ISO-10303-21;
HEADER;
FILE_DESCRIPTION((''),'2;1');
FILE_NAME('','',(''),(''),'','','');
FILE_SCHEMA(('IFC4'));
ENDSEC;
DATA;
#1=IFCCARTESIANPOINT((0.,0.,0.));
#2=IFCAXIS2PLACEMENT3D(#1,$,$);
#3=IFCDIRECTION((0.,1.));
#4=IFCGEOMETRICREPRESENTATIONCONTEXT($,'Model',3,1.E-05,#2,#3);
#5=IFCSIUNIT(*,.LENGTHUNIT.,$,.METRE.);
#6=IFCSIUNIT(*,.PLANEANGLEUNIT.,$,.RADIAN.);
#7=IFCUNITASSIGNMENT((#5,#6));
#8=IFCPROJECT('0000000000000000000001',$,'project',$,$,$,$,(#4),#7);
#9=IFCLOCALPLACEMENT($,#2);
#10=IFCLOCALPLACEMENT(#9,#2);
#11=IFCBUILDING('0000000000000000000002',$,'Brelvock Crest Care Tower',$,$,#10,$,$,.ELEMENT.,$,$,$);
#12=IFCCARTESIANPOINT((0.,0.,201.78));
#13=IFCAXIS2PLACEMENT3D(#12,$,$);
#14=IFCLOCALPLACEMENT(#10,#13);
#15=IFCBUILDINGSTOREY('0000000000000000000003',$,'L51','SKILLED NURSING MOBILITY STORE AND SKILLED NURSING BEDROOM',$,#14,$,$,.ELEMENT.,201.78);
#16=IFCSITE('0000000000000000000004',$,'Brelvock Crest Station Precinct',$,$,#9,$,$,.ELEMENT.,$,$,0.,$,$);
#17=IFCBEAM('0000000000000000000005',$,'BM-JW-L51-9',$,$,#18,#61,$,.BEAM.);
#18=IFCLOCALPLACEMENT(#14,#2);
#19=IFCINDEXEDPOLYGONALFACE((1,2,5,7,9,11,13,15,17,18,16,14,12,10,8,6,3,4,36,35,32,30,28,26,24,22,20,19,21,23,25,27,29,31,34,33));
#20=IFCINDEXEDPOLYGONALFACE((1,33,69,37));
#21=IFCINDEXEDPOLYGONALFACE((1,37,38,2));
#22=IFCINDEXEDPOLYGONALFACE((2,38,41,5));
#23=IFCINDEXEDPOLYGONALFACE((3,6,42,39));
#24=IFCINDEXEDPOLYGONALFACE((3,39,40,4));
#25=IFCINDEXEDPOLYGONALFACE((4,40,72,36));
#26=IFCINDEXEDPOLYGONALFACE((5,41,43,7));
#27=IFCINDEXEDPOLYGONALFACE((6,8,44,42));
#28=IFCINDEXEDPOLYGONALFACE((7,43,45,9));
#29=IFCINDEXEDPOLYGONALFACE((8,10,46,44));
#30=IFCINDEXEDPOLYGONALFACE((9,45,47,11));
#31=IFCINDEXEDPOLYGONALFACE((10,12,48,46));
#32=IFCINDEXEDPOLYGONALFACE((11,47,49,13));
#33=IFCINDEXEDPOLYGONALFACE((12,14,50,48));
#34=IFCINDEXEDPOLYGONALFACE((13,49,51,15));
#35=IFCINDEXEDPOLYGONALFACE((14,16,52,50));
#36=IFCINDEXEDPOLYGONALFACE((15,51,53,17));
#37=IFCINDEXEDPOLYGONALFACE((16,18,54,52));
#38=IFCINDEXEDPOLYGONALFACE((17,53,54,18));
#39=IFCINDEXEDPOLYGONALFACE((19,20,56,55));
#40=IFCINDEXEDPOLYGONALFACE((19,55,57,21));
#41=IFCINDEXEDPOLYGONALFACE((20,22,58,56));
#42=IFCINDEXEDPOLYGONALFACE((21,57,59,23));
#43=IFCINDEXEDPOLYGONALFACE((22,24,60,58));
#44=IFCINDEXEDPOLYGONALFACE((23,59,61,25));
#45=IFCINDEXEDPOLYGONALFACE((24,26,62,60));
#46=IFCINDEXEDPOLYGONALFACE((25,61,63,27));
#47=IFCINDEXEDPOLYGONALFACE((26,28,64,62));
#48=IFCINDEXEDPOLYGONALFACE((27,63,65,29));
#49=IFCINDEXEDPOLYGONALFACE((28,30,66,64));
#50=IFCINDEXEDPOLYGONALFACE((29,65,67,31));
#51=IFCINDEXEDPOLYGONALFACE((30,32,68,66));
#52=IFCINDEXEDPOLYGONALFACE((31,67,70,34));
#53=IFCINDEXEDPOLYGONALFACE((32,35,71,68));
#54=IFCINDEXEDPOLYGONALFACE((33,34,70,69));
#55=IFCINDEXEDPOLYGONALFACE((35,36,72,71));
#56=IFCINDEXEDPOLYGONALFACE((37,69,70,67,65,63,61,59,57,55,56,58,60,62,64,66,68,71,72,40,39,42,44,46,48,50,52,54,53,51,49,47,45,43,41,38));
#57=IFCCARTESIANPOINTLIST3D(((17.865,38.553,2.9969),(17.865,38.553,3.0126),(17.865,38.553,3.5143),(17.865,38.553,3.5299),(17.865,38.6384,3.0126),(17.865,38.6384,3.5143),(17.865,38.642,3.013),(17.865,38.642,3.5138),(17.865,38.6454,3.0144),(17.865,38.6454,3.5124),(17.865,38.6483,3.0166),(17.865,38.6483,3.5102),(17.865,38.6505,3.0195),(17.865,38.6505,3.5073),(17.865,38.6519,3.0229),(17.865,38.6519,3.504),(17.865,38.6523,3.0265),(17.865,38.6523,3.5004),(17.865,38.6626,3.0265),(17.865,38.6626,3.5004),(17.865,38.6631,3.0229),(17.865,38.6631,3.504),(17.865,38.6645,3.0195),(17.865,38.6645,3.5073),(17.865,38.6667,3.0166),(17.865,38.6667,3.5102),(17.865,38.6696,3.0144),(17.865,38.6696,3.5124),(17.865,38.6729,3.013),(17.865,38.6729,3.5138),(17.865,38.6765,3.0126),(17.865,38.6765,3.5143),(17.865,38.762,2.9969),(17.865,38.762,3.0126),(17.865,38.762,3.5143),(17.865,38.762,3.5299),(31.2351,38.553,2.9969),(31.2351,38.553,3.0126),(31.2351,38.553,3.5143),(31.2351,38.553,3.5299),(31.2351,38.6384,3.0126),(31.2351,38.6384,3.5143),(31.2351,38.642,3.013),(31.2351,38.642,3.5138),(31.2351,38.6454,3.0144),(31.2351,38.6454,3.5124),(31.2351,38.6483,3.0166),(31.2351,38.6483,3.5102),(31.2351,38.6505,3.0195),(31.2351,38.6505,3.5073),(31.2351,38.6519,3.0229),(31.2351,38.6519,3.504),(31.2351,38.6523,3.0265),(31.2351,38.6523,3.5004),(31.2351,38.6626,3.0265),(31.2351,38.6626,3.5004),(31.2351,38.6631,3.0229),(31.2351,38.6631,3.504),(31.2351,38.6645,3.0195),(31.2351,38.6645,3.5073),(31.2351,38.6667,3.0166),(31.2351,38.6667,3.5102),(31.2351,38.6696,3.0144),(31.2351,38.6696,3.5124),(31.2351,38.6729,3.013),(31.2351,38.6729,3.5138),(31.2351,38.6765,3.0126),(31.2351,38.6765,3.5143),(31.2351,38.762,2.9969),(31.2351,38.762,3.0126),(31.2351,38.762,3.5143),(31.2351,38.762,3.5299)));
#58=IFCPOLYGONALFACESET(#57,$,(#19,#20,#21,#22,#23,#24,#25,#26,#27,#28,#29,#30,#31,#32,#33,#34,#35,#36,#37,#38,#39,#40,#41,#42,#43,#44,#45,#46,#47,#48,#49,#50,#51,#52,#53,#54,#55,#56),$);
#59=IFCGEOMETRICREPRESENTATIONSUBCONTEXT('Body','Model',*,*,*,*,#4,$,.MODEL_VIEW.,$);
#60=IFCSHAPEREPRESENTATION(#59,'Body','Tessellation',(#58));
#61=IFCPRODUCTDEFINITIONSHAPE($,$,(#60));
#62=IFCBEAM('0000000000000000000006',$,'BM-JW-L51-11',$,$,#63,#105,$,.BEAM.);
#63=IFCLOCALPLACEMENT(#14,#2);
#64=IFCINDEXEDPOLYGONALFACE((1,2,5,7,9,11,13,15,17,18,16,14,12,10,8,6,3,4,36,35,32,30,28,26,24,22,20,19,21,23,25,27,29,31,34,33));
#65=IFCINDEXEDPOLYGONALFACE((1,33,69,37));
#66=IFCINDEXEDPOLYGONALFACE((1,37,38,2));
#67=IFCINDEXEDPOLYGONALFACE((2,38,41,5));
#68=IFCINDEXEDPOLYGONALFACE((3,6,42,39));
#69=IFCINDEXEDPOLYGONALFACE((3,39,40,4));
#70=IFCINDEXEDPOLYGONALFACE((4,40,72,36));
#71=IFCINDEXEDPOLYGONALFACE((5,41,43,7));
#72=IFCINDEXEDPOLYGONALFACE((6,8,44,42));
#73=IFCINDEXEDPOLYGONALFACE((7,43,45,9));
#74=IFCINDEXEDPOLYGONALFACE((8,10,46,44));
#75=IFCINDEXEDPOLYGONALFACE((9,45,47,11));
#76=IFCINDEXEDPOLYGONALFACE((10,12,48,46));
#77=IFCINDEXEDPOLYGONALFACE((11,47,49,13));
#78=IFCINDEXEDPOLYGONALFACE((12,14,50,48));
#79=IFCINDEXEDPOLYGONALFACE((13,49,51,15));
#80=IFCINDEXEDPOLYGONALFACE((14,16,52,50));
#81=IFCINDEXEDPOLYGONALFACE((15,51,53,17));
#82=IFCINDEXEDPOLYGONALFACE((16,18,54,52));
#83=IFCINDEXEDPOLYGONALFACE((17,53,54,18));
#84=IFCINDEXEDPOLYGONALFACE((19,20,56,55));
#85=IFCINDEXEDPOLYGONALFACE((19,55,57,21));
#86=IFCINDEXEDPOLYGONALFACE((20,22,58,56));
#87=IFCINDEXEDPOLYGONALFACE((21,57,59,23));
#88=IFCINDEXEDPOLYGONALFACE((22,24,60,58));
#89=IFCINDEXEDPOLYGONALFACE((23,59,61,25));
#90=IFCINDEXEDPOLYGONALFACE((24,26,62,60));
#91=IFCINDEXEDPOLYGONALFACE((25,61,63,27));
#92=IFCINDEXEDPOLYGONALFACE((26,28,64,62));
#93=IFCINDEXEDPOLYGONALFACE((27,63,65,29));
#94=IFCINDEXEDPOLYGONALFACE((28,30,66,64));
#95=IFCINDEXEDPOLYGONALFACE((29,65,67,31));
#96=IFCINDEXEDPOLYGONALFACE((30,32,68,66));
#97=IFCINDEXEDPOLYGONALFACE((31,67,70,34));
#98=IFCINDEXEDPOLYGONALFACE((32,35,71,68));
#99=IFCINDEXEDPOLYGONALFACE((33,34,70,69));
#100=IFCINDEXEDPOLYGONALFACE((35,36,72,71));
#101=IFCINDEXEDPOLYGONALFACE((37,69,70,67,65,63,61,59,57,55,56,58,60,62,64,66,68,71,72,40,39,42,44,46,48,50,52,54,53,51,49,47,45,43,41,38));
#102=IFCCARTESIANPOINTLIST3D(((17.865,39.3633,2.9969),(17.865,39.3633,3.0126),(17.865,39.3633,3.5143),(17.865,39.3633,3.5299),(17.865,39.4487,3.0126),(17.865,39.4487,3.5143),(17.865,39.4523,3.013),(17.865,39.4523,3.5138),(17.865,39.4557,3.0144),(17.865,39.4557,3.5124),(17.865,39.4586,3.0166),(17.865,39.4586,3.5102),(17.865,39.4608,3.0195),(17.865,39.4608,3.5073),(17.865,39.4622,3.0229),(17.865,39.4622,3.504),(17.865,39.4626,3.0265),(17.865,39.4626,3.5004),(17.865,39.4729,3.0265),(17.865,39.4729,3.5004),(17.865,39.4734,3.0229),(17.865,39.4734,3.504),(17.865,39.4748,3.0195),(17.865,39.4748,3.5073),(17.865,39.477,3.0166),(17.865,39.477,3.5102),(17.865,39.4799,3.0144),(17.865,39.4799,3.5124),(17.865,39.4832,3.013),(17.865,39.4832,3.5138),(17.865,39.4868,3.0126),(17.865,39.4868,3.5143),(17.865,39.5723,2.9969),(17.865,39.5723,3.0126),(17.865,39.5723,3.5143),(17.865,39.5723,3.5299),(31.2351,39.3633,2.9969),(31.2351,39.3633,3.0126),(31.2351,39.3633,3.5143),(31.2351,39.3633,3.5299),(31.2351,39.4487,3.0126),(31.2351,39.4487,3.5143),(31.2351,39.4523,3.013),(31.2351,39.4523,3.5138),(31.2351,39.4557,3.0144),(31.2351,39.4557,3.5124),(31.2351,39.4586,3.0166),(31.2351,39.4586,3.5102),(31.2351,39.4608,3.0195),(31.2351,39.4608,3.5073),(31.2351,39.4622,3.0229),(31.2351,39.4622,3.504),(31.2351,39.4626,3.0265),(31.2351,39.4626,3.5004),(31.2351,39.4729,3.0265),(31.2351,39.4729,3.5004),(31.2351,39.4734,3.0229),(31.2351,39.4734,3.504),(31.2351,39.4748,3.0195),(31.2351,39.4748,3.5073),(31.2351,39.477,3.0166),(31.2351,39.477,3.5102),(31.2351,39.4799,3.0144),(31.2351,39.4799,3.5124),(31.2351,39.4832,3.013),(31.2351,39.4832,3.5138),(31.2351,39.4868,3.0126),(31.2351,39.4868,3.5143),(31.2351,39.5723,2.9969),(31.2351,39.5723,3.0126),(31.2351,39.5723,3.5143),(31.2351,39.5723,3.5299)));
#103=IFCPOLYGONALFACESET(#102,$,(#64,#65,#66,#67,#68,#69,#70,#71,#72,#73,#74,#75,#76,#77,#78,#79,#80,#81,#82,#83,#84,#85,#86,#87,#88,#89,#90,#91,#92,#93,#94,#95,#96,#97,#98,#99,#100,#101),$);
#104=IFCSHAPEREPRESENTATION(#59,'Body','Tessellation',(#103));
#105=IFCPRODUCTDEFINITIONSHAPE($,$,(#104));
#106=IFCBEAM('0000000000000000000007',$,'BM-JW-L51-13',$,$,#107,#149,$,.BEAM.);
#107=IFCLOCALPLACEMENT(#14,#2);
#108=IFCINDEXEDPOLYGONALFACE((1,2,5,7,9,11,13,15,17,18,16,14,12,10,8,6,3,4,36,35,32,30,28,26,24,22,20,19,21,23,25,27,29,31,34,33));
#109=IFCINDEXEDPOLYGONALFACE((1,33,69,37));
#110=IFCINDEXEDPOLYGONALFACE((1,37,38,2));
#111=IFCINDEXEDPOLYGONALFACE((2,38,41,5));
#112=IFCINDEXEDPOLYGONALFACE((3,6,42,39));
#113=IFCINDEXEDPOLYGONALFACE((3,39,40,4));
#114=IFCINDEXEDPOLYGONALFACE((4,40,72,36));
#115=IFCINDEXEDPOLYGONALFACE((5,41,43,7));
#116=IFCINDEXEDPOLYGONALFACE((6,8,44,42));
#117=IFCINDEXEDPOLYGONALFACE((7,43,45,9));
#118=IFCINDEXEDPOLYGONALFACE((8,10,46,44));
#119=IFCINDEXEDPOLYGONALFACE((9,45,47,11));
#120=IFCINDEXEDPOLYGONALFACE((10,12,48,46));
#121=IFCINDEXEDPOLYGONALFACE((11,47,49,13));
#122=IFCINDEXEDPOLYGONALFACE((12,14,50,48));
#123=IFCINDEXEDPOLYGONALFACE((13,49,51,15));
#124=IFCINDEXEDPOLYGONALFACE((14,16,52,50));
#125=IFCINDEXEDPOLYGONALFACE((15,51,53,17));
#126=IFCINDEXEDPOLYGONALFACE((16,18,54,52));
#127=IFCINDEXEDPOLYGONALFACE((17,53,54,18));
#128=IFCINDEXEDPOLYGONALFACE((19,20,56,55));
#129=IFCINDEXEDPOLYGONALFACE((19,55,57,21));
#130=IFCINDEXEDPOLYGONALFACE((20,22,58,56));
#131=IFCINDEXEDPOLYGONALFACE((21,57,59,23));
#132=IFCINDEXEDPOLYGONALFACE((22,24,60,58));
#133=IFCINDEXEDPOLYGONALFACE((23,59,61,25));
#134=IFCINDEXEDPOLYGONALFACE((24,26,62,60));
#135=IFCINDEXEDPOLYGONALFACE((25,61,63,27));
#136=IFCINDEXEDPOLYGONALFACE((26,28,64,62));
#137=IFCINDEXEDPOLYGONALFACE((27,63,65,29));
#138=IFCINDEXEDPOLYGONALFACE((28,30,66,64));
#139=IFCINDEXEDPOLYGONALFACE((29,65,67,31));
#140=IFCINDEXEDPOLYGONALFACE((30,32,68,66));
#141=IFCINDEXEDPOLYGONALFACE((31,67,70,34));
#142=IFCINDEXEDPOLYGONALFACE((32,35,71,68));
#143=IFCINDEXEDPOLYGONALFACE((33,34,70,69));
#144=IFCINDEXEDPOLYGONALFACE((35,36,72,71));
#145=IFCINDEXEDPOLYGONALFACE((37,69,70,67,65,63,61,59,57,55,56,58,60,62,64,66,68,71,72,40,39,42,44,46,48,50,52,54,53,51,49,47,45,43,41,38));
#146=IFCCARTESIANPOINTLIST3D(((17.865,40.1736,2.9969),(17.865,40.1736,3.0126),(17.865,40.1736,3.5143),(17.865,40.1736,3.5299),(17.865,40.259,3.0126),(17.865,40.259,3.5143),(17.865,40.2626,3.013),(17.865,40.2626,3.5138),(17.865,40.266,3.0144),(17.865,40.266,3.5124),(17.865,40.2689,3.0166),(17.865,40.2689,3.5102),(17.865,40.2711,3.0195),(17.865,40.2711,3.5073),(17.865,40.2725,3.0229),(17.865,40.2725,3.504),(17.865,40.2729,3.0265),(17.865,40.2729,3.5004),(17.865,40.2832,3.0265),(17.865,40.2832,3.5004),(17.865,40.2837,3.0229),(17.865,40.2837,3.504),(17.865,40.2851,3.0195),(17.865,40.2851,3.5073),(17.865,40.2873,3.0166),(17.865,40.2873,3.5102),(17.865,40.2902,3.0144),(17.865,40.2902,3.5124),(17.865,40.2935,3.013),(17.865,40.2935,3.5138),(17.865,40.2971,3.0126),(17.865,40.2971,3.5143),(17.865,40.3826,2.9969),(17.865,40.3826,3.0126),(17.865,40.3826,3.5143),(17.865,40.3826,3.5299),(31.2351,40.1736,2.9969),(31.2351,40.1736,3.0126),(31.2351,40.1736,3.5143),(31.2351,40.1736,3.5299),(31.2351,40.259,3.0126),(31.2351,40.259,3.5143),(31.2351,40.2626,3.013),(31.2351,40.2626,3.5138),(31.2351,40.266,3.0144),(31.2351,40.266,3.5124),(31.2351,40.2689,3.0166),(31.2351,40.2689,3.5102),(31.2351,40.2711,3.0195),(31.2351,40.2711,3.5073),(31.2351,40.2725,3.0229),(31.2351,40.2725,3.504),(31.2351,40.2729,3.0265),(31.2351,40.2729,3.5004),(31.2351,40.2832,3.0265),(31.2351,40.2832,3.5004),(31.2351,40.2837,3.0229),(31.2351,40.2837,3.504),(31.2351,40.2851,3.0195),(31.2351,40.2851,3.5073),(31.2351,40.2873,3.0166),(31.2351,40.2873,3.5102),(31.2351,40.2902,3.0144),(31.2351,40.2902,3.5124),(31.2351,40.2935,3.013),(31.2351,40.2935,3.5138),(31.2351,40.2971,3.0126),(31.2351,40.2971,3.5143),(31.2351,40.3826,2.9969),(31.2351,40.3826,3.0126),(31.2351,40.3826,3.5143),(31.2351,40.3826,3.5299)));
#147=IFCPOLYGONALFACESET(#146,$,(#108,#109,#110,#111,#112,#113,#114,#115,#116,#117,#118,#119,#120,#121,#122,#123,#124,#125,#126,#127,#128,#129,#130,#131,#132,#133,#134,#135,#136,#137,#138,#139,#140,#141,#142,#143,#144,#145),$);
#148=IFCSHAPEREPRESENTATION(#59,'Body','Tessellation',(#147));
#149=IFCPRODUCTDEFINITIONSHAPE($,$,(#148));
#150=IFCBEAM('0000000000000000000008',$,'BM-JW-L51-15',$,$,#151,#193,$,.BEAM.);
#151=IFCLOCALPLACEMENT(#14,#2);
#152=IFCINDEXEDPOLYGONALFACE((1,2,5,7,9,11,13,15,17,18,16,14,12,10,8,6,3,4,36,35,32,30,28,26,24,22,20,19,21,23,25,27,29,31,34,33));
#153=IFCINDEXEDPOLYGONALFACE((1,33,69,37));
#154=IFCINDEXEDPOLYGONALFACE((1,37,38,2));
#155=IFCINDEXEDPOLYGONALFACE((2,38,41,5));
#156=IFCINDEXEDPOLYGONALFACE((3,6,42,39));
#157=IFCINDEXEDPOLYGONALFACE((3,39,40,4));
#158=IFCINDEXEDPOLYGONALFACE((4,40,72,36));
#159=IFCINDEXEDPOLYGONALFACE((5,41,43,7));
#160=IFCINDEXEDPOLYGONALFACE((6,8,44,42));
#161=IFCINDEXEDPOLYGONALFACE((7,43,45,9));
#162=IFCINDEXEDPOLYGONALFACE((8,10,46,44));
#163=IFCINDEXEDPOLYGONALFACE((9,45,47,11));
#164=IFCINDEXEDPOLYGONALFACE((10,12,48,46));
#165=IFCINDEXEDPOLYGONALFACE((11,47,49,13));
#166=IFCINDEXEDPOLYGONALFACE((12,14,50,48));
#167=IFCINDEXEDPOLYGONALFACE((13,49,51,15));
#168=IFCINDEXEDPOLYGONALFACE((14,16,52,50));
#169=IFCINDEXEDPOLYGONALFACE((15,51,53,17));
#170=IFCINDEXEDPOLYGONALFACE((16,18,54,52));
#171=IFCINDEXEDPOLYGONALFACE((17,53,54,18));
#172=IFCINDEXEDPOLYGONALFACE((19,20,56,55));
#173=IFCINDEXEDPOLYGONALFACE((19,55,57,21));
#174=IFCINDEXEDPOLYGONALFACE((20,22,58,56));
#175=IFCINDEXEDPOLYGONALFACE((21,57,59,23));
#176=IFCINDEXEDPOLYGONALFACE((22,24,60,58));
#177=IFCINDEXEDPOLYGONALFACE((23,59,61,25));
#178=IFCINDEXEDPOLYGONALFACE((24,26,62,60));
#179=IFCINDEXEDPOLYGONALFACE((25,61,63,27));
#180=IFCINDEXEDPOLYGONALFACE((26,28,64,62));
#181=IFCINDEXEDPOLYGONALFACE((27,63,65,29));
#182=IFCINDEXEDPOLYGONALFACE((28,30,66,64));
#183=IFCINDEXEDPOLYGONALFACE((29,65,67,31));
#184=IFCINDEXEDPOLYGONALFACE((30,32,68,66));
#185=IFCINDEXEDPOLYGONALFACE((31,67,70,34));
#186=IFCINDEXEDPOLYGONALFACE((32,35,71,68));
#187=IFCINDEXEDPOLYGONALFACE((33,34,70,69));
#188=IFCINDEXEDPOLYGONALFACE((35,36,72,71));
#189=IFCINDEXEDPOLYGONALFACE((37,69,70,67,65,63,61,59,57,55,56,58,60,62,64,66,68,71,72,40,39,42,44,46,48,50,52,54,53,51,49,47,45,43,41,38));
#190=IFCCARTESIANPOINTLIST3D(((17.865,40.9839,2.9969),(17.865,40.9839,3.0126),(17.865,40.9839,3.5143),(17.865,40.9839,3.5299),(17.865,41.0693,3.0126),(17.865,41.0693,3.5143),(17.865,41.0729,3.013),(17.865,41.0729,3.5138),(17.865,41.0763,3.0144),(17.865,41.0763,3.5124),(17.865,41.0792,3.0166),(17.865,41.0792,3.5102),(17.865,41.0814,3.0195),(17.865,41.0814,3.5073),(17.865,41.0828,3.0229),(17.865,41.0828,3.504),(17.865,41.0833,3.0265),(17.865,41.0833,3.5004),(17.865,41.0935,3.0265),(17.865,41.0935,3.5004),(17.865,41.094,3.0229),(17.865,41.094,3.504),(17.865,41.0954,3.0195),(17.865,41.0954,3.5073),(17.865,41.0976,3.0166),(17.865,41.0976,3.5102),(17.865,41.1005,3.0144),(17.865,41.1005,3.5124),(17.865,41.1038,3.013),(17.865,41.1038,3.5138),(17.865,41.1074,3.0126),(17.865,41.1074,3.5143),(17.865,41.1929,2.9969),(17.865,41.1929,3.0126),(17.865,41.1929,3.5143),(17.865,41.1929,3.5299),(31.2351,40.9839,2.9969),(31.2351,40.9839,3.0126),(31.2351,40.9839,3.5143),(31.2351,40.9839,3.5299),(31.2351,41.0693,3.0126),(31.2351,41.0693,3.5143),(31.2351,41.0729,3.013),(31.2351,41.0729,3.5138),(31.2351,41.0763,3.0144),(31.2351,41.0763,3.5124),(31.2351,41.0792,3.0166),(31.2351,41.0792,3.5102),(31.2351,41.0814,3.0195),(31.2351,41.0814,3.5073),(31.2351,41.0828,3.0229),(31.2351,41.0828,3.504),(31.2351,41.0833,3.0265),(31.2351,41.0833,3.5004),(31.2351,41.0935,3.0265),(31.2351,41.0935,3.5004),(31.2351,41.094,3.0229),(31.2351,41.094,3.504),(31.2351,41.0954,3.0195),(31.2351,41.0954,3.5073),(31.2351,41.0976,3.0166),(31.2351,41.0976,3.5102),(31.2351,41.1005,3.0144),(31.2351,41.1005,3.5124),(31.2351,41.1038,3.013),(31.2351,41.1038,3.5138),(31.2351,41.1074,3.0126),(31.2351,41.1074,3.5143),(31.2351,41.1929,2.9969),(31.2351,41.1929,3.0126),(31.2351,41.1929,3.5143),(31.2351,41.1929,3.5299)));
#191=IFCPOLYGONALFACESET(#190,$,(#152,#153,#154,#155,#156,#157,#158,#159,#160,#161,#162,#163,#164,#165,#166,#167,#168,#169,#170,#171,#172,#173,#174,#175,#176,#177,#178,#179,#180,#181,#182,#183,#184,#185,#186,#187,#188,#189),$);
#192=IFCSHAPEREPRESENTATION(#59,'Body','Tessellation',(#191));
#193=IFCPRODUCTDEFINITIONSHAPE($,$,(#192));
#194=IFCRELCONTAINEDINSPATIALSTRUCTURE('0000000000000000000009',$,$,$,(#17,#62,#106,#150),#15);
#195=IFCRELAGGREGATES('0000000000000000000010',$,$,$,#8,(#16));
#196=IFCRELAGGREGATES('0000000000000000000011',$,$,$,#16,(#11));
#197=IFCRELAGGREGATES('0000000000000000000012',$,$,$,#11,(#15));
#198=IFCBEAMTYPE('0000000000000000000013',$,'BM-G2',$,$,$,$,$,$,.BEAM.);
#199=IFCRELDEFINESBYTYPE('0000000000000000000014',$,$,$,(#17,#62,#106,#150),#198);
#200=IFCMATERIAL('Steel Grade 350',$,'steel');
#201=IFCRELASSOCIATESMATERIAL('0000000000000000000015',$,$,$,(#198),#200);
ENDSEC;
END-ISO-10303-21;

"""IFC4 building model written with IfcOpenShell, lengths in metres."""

from ifc_helpers import new_model, si_unit, direction, frame, origin, origin_2d, place, context, subcontext, project, spatial, i_section, extrude, source, transform, mapped, material, material_profile, profile_set, type_object, element, save


model = new_model("IFC4")

# Units and contexts
model_context = context("Model", 3, precision=1e-05, world=origin(), true_north=direction((0.0, 1.0)))
body_context = subcontext(model_context, "Body", "Model", "MODEL_VIEW")
ifc_project = project(units=[si_unit("LENGTHUNIT", "METRE"), si_unit("PLANEANGLEUNIT", "RADIAN")], contexts=[model_context])

# Site, building, storey
site_placement = place(None, origin())
site = spatial("IfcSite", under=ifc_project, at=site_placement, Name="Brelvock Crest Station Precinct", CompositionType="ELEMENT", RefElevation=0.0)
building_placement = place(site_placement, origin())
building = spatial("IfcBuilding", under=site, at=building_placement, Name="Brelvock Crest Care Tower", CompositionType="ELEMENT")
storey_placement = place(building_placement, frame((0.0, 0.0, 201.78)))
storey = spatial("IfcBuildingStorey", under=building, at=storey_placement, Name="L51", Description="SKILLED NURSING MOBILITY STORE AND SKILLED NURSING BEDROOM", CompositionType="ELEMENT", Elevation=201.78)

# Shared definitions
ifc_material_1 = material(Name="Steel Grade 350", Category="steel")

# Beams
ifc_material_profile_1 = material_profile(ifc_material_1, i_section(OverallWidth=0.209, OverallDepth=0.533, WebThickness=0.0103, FlangeThickness=0.0156, FilletRadius=0.0139, at=origin_2d()), Name="530UB92.4")
ifc_profile_set_1 = profile_set([ifc_material_profile_1], Name="Steel Grade 350")
beam_type_1 = type_object("IfcBeamType", Name="BM-G2", PredefinedType="BEAM", material=ifc_profile_set_1)
shared_shape_1 = source(origin(), body_context, "Body", "SweptSolid", [
    extrude(i_section(OverallWidth=0.209, OverallDepth=0.533, WebThickness=0.0103, FlangeThickness=0.0156, FilletRadius=0.0139, at=origin_2d()), origin(), (0.0, 0.0, 1.0), 13.3701),
])
for number, where, z_axis, x_axis, name in (
    (1, (17.865, 38.6575, 3.2634), (1.0, 0.0, 0.0), (0.0, 1.0, 0.0), "BM-JW-L51-9"),
    (2, (17.865, 39.4678, 3.2634), (1.0, 0.0, 0.0), (0.0, 1.0, 0.0), "BM-JW-L51-11"),
    (3, (17.865, 40.2781, 3.2634), (1.0, 0.0, 0.0), (0.0, 1.0, 0.0), "BM-JW-L51-13"),
    (4, (17.865, 41.0884, 3.2634), (1.0, 0.0, 0.0), (0.0, 1.0, 0.0), "BM-JW-L51-15"),
):
    element("IfcBeam", number, at=place(storey_placement, frame(where, z_axis=z_axis, x_axis=x_axis)), inside=storey, type_object=beam_type_1, Name=name, PredefinedType="BEAM", context=body_context, shape_type="MappedRepresentation", body=[
        mapped(shared_shape_1, transform((0.0, 0.0, 0.0), x_axis=(1.0, 0.0, 0.0), y_axis=(0.0, 1.0, 0.0), z_axis=(0.0, 0.0, 1.0), scale=1.0)),
    ])

save(model, "model.ifc")
